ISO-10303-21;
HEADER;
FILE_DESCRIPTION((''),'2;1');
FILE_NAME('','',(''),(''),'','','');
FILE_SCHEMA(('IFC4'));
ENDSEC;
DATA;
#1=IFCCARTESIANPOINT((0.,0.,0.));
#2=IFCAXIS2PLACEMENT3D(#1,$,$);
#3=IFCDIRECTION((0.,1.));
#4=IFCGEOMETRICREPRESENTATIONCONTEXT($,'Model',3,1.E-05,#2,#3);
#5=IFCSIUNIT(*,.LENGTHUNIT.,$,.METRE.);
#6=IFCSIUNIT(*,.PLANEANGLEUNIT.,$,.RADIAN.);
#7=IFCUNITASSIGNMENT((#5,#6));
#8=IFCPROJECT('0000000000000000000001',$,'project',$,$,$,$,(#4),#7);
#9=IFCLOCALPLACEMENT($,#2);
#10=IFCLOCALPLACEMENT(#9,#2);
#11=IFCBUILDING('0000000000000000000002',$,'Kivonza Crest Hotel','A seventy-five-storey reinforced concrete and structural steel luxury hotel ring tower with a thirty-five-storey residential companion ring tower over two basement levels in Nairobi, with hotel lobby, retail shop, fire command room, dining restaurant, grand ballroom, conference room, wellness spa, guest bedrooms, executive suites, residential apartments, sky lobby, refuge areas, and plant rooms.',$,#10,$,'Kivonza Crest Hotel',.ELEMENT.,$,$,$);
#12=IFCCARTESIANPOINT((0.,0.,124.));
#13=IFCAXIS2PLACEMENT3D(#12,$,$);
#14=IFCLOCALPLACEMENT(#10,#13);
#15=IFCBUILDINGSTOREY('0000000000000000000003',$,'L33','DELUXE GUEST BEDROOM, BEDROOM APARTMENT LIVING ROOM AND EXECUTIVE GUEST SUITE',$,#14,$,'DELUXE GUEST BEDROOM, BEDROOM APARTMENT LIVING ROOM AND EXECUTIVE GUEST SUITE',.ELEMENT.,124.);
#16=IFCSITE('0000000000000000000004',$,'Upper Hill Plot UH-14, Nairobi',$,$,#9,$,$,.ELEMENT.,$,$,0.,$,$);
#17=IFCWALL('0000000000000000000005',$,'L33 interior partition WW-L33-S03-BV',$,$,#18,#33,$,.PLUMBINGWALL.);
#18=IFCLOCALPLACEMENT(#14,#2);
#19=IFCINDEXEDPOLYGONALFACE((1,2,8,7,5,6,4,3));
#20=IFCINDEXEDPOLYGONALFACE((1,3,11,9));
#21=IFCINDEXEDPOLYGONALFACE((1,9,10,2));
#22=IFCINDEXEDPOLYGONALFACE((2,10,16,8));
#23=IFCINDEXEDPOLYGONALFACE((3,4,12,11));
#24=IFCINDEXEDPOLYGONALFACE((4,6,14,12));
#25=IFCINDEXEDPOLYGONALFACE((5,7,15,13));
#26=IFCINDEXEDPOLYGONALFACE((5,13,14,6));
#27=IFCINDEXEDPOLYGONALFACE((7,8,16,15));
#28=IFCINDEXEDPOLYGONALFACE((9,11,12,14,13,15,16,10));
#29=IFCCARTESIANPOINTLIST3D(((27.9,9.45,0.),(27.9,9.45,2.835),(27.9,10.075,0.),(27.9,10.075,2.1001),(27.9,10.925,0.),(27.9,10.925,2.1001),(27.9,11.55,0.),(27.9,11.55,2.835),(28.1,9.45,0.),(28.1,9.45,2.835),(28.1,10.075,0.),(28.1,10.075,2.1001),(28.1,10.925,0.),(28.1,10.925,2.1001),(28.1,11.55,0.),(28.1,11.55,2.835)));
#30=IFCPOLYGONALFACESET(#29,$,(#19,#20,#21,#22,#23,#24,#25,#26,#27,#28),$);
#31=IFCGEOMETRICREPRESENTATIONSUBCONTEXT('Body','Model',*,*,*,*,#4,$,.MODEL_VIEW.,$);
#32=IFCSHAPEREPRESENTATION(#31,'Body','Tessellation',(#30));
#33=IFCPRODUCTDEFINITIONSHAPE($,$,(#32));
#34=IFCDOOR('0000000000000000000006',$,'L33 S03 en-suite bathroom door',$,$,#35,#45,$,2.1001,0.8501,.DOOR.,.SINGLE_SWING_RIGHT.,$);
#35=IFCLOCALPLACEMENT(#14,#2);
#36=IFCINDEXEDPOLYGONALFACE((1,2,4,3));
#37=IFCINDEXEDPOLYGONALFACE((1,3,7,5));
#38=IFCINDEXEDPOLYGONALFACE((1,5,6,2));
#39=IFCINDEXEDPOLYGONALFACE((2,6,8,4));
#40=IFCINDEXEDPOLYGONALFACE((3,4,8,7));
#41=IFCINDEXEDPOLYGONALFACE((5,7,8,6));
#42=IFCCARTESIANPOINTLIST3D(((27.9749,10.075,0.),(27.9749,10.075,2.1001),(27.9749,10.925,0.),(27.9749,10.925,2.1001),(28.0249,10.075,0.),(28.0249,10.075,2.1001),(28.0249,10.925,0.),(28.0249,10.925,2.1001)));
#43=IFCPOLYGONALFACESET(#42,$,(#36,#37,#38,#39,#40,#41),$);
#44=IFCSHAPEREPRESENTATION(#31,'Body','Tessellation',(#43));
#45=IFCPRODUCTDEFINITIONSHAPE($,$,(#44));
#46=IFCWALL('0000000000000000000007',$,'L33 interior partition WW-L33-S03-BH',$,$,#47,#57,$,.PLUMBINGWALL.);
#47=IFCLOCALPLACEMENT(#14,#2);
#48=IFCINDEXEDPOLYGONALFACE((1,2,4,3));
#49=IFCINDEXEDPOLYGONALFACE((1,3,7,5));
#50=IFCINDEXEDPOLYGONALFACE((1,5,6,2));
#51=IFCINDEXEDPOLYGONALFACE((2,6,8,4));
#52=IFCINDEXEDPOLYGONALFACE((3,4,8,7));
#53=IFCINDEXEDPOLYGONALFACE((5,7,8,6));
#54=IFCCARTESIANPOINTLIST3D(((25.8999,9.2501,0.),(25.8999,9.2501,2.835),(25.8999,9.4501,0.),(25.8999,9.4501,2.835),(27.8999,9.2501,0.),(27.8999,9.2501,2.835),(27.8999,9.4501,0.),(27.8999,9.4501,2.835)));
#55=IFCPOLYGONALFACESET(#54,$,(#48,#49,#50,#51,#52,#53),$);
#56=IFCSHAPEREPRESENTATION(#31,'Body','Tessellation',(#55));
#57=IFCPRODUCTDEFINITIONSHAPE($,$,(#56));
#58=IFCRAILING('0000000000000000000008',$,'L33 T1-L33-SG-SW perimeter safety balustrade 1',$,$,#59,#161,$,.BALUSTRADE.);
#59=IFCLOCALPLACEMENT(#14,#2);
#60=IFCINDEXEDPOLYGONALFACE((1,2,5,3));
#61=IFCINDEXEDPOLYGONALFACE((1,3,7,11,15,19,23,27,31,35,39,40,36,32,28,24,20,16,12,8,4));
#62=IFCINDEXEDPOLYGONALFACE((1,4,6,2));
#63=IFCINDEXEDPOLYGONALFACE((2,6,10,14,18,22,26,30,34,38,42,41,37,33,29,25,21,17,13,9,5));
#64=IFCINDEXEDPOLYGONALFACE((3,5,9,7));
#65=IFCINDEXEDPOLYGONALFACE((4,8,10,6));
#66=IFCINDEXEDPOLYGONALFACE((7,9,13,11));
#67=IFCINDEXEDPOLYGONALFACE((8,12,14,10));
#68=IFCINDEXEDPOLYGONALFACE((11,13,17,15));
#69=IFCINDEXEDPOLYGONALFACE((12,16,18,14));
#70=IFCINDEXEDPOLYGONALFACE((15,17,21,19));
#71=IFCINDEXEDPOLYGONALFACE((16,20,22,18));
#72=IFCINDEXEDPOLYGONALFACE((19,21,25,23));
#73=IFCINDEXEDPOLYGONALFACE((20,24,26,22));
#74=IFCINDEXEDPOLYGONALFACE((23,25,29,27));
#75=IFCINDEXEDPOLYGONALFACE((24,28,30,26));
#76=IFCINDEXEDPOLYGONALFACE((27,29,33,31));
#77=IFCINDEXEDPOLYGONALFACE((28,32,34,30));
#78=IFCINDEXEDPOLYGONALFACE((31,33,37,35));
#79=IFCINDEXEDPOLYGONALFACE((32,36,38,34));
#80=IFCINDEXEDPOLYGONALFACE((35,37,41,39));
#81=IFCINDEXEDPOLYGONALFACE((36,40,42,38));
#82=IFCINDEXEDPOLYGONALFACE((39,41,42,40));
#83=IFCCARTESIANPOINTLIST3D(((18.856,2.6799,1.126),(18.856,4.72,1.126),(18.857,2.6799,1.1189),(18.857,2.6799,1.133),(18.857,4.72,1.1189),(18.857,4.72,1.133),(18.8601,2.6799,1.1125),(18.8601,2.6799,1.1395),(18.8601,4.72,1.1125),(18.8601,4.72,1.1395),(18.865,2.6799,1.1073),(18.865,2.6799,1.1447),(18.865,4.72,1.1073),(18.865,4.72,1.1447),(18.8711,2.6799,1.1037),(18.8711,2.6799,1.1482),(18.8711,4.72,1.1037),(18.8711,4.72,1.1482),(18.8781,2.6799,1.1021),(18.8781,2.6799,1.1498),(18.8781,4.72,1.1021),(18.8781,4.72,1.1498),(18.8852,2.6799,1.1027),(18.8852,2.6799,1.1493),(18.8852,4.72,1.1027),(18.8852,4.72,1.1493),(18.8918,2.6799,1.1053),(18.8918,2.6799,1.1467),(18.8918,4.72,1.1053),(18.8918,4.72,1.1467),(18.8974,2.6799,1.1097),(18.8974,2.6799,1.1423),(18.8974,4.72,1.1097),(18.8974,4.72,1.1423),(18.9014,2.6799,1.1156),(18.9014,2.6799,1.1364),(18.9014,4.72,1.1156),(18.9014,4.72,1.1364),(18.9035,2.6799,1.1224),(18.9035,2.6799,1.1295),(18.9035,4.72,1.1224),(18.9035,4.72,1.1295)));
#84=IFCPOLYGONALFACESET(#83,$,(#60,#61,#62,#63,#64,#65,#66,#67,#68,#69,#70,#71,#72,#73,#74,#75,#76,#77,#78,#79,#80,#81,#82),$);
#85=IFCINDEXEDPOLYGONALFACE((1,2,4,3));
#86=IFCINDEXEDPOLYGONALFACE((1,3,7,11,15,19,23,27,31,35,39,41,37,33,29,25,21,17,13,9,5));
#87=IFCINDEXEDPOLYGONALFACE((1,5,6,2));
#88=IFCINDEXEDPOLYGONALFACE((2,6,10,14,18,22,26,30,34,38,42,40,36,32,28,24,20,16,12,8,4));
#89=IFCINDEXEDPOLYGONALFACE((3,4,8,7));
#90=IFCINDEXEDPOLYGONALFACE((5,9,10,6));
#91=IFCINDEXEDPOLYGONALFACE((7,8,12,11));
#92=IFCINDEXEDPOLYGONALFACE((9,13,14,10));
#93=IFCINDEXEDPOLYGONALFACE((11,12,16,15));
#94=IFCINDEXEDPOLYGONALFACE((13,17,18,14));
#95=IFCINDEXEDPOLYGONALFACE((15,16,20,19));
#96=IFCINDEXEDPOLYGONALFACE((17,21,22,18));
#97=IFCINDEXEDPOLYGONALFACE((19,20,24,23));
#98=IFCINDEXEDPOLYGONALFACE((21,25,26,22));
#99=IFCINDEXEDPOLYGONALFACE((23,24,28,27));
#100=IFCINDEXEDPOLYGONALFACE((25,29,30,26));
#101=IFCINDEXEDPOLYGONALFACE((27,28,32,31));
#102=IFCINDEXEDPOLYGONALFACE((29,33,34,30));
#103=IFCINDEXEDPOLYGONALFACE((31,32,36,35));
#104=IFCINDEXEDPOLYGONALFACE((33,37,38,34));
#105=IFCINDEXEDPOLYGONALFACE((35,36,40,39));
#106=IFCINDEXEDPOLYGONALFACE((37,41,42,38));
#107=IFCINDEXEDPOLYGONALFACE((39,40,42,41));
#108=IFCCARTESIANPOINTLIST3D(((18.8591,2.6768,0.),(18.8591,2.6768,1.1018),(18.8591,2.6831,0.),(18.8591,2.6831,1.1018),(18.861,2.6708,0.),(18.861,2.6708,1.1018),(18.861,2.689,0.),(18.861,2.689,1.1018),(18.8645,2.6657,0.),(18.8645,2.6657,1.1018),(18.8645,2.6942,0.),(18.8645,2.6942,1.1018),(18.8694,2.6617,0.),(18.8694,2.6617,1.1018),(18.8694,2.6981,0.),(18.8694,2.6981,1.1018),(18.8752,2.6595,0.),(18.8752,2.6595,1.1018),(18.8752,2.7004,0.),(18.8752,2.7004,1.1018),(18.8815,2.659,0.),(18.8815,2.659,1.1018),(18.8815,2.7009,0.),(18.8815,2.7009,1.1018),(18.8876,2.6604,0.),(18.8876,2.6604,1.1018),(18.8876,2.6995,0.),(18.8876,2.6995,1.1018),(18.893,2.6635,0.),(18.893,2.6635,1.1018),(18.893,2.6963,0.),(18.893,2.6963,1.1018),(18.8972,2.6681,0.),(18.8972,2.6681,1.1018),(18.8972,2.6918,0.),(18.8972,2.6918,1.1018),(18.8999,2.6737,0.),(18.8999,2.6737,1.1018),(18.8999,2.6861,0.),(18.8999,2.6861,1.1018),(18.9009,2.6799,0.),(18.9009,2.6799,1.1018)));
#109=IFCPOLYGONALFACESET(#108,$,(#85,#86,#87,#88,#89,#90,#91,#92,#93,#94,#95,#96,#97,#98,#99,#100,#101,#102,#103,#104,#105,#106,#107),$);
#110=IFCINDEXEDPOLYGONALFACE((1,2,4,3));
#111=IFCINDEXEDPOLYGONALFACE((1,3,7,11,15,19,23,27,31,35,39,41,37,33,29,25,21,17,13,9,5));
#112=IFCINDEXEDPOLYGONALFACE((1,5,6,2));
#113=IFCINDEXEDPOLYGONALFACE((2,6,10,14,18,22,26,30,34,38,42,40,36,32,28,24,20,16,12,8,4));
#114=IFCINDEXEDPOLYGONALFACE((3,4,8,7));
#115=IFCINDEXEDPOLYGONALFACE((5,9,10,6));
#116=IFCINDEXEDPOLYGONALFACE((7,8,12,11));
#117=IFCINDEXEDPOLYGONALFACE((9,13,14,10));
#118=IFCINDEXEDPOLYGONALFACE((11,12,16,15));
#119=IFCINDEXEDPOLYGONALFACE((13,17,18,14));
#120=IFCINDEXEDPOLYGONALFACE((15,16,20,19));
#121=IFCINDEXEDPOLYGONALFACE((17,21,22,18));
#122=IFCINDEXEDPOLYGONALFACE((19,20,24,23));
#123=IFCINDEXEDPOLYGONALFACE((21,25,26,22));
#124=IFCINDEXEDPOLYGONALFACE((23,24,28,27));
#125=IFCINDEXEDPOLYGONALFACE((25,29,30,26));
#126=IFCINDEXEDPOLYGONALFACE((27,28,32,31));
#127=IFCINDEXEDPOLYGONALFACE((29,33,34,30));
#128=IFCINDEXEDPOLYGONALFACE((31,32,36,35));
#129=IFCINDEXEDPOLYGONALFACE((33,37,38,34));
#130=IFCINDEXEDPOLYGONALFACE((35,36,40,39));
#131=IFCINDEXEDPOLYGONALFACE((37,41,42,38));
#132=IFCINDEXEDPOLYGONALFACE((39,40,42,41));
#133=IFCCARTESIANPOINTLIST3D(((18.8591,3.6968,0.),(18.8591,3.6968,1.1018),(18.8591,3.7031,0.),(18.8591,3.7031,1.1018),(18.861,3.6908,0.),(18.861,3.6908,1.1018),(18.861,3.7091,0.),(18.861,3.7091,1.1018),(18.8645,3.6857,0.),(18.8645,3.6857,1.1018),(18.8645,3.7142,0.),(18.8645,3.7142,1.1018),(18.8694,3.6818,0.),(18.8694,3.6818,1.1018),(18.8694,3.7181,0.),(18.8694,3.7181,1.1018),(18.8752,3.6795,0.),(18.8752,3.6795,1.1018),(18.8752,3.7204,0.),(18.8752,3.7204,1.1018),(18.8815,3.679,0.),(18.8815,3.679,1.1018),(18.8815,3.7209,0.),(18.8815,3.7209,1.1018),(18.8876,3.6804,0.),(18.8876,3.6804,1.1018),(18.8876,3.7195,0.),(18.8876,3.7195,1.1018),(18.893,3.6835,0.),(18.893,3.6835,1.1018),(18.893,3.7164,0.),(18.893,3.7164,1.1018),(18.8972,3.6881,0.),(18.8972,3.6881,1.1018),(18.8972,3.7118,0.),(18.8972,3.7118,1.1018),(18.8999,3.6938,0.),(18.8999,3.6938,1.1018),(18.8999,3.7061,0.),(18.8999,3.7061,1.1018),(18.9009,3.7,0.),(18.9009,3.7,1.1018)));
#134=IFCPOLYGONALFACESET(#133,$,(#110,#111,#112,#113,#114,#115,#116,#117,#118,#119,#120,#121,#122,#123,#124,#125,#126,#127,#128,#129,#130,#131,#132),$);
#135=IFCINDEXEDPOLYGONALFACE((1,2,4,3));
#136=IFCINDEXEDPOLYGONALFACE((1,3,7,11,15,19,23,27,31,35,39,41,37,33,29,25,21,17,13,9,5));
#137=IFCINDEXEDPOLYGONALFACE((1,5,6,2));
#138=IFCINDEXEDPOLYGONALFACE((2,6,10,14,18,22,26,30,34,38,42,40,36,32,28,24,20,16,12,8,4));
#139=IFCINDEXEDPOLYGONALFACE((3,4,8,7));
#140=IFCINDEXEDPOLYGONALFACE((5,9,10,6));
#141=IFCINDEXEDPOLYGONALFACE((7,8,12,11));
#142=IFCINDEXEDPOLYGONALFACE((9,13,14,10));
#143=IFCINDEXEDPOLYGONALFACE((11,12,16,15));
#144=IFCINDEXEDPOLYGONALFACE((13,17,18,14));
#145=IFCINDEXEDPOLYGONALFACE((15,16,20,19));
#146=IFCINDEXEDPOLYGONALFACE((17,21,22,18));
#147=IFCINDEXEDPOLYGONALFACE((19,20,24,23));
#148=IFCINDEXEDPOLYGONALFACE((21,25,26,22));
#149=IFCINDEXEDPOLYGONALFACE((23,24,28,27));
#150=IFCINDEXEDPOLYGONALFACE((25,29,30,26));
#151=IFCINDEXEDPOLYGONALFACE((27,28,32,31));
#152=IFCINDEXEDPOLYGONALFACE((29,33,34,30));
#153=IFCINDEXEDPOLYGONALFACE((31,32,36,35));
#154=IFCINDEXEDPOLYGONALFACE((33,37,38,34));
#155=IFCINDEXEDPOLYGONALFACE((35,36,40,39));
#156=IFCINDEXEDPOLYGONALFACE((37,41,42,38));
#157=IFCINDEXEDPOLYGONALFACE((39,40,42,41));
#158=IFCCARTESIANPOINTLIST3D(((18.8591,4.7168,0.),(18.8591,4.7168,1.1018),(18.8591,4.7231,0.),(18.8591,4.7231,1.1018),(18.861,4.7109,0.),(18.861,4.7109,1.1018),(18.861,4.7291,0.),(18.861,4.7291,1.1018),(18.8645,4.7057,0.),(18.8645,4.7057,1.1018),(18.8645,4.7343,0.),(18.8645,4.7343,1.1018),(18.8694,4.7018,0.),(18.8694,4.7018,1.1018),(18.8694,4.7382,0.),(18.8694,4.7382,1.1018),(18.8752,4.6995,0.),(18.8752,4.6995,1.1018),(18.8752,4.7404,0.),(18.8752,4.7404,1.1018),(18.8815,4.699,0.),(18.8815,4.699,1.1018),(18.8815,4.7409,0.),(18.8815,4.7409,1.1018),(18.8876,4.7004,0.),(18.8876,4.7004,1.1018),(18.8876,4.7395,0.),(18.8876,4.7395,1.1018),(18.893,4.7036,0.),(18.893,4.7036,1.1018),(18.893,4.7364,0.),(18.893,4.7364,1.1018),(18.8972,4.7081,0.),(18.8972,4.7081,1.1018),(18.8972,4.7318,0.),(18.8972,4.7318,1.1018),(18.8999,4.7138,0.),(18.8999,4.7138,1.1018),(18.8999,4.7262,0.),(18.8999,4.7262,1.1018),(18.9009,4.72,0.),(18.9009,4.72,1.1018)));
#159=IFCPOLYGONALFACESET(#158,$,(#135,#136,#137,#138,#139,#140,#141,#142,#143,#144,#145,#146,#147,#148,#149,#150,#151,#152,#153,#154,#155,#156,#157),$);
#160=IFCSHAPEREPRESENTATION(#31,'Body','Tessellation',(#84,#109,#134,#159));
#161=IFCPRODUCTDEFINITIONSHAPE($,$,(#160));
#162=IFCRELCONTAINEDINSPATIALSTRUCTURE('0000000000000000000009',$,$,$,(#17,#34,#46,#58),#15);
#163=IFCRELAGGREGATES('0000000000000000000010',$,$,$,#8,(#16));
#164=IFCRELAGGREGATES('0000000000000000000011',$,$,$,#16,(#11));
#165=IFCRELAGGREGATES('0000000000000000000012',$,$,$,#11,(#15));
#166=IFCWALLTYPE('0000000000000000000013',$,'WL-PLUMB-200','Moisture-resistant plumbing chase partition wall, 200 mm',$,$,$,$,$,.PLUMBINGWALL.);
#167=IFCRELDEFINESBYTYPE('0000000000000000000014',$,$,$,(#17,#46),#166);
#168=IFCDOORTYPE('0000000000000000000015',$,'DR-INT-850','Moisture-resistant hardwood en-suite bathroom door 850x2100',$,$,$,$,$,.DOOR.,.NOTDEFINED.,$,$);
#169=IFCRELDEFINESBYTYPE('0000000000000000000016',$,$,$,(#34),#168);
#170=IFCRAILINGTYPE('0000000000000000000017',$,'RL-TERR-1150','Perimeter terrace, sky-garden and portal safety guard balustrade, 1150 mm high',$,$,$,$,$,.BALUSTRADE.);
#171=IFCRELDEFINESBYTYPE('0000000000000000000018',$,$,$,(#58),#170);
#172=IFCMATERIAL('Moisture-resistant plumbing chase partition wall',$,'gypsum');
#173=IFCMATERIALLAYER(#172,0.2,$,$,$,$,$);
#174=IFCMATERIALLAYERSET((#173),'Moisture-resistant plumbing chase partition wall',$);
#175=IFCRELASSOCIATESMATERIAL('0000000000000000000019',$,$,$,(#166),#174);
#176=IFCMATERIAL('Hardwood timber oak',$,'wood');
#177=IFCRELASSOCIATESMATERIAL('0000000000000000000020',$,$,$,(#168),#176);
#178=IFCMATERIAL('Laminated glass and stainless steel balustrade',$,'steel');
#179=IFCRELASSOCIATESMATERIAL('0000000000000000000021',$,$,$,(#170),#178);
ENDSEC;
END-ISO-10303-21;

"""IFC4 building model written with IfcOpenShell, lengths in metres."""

from ifc_helpers import new_model, si_unit, direction, frame, frame_2d, origin, origin_2d, place, context, subcontext, project, spatial, rectangle, circle, extrude, material, layer, layer_set, type_object, element, fill, save


model = new_model("IFC4")

# Units and contexts
model_context = context("Model", 3, precision=1e-05, world=origin(), true_north=direction((0.0, 1.0)))
body_context = subcontext(model_context, "Body", "Model", "MODEL_VIEW")
ifc_project = project(units=[si_unit("LENGTHUNIT", "METRE"), si_unit("PLANEANGLEUNIT", "RADIAN")], contexts=[model_context])

# Site, building, storey
site_placement = place(None, origin())
site = spatial("IfcSite", under=ifc_project, at=site_placement, Name="Upper Hill Plot UH-14, Nairobi", CompositionType="ELEMENT", RefElevation=0.0)
building_placement = place(site_placement, origin())
building = spatial("IfcBuilding", under=site, at=building_placement, Name="Kivonza Crest Hotel", Description="A seventy-five-storey reinforced concrete and structural steel luxury hotel ring tower with a thirty-five-storey residential companion ring tower over two basement levels in Nairobi, with hotel lobby, retail shop, fire command room, dining restaurant, grand ballroom, conference room, wellness spa, guest bedrooms, executive suites, residential apartments, sky lobby, refuge areas, and plant rooms.", LongName="Kivonza Crest Hotel", CompositionType="ELEMENT")
storey_placement = place(building_placement, frame((0.0, 0.0, 124.0)))
storey = spatial("IfcBuildingStorey", under=building, at=storey_placement, Name="L33", Description="DELUXE GUEST BEDROOM, BEDROOM APARTMENT LIVING ROOM AND EXECUTIVE GUEST SUITE", LongName="DELUXE GUEST BEDROOM, BEDROOM APARTMENT LIVING ROOM AND EXECUTIVE GUEST SUITE", CompositionType="ELEMENT", Elevation=124.0)

# Shared definitions
ifc_material_1 = material(Name="Hardwood timber oak", Category="wood")

# Wall, opening, door
ifc_material_2 = material(Name="Moisture-resistant plumbing chase partition wall", Category="gypsum")
ifc_layer_1 = layer(ifc_material_2, 0.2)
ifc_layer_set_1 = layer_set([ifc_layer_1], Name="Moisture-resistant plumbing chase partition wall")
wall_type_1 = type_object("IfcWallType", Name="WL-PLUMB-200", Description="Moisture-resistant plumbing chase partition wall, 200 mm", PredefinedType="PLUMBINGWALL", material=ifc_layer_set_1)
wall_1_placement = place(storey_placement, frame((28.0, 9.45, 0.0), z_axis=(0.0, 0.0, 1.0), x_axis=(0.0, 1.0, 0.0)))
wall_1 = element("IfcWall", 1, at=wall_1_placement, inside=storey, type_object=wall_type_1, Name="L33 interior partition WW-L33-S03-BV", PredefinedType="PLUMBINGWALL", context=body_context, shape_type="SweptSolid", body=[
    extrude(rectangle(XDim=2.1001, YDim=0.2, at=frame_2d((1.05, 0.0))), origin(), (0.0, 0.0, 1.0), 2.835),
])
opening_1_placement = place(wall_1_placement, frame((0.625, 0.0, 0.0)))
opening_1 = element("IfcOpeningElement", 2, at=opening_1_placement, cuts=wall_1, PredefinedType="OPENING", context=body_context, shape_type="SweptSolid", body=[
    extrude(rectangle(XDim=0.8501, YDim=2.1001, at=frame_2d((0.425, 1.05))), frame((0.0, 0.1099, 0.0), z_axis=(0.0, -1.0, 0.0), x_axis=(1.0, 0.0, 0.0)), (0.0, 0.0, 1.0), 0.22),
])
door_type_1 = type_object("IfcDoorType", Name="DR-INT-850", Description="Moisture-resistant hardwood en-suite bathroom door 850x2100", OperationType="NOTDEFINED", PredefinedType="DOOR", material=ifc_material_1)
door_1_placement = place(opening_1_placement, frame((0.8501, 0.0, 0.0), z_axis=(0.0, 0.0, 1.0), x_axis=(-1.0, 0.0, 0.0)))
door_1 = element("IfcDoor", 3, at=door_1_placement, inside=storey, type_object=door_type_1, Name="L33 S03 en-suite bathroom door", OperationType="SINGLE_SWING_RIGHT", OverallHeight=2.1001, OverallWidth=0.8501, PredefinedType="DOOR", context=body_context, shape_type="SweptSolid", body=[
    extrude(rectangle(XDim=0.8501, YDim=2.1001, at=frame_2d((0.425, 1.05))), frame((0.0, 0.0249, 0.0), z_axis=(0.0, -1.0, 0.0), x_axis=(1.0, 0.0, 0.0)), (0.0, 0.0, 1.0), 0.05),
])
fill(opening_1, door_1)

# Wall
wall_2_placement = place(storey_placement, frame((25.8999, 9.3501, 0.0), z_axis=(0.0, 0.0, 1.0), x_axis=(1.0, 0.0, 0.0)))
element("IfcWall", 4, at=wall_2_placement, inside=storey, type_object=wall_type_1, Name="L33 interior partition WW-L33-S03-BH", PredefinedType="PLUMBINGWALL", context=body_context, shape_type="SweptSolid", body=[
    extrude(rectangle(XDim=2.0, YDim=0.2, at=frame_2d((1.0, 0.0))), origin(), (0.0, 0.0, 1.0), 2.835),
])

# Railing
ifc_material_3 = material(Name="Laminated glass and stainless steel balustrade", Category="steel")
railing_type = type_object("IfcRailingType", Name="RL-TERR-1150", Description="Perimeter terrace, sky-garden and portal safety guard balustrade, 1150 mm high", PredefinedType="BALUSTRADE", material=ifc_material_3)
railing_1_placement = place(storey_placement, frame((18.8799, 2.6799, 0.0)))
element("IfcRailing", 5, at=railing_1_placement, inside=storey, type_object=railing_type, Name="L33 T1-L33-SG-SW perimeter safety balustrade 1", PredefinedType="BALUSTRADE", context=body_context, shape_type="SweptSolid", body=[
    extrude(circle(Radius=0.0239, at=origin_2d()), frame((0.0, 0.0, 1.126), z_axis=(0.0, 1.0, 0.0), x_axis=(-1.0, 0.0, 0.0)), (0.0, 0.0, 1.0), 2.04),
    extrude(circle(Radius=0.021, at=origin_2d()), origin(), (0.0, 0.0, 1.0), 1.1018),
    extrude(circle(Radius=0.021, at=origin_2d()), frame((0.0, 1.02, 0.0)), (0.0, 0.0, 1.0), 1.1018),
    extrude(circle(Radius=0.021, at=origin_2d()), frame((0.0, 2.04, 0.0)), (0.0, 0.0, 1.0), 1.1018),
])

save(model, "model.ifc")
